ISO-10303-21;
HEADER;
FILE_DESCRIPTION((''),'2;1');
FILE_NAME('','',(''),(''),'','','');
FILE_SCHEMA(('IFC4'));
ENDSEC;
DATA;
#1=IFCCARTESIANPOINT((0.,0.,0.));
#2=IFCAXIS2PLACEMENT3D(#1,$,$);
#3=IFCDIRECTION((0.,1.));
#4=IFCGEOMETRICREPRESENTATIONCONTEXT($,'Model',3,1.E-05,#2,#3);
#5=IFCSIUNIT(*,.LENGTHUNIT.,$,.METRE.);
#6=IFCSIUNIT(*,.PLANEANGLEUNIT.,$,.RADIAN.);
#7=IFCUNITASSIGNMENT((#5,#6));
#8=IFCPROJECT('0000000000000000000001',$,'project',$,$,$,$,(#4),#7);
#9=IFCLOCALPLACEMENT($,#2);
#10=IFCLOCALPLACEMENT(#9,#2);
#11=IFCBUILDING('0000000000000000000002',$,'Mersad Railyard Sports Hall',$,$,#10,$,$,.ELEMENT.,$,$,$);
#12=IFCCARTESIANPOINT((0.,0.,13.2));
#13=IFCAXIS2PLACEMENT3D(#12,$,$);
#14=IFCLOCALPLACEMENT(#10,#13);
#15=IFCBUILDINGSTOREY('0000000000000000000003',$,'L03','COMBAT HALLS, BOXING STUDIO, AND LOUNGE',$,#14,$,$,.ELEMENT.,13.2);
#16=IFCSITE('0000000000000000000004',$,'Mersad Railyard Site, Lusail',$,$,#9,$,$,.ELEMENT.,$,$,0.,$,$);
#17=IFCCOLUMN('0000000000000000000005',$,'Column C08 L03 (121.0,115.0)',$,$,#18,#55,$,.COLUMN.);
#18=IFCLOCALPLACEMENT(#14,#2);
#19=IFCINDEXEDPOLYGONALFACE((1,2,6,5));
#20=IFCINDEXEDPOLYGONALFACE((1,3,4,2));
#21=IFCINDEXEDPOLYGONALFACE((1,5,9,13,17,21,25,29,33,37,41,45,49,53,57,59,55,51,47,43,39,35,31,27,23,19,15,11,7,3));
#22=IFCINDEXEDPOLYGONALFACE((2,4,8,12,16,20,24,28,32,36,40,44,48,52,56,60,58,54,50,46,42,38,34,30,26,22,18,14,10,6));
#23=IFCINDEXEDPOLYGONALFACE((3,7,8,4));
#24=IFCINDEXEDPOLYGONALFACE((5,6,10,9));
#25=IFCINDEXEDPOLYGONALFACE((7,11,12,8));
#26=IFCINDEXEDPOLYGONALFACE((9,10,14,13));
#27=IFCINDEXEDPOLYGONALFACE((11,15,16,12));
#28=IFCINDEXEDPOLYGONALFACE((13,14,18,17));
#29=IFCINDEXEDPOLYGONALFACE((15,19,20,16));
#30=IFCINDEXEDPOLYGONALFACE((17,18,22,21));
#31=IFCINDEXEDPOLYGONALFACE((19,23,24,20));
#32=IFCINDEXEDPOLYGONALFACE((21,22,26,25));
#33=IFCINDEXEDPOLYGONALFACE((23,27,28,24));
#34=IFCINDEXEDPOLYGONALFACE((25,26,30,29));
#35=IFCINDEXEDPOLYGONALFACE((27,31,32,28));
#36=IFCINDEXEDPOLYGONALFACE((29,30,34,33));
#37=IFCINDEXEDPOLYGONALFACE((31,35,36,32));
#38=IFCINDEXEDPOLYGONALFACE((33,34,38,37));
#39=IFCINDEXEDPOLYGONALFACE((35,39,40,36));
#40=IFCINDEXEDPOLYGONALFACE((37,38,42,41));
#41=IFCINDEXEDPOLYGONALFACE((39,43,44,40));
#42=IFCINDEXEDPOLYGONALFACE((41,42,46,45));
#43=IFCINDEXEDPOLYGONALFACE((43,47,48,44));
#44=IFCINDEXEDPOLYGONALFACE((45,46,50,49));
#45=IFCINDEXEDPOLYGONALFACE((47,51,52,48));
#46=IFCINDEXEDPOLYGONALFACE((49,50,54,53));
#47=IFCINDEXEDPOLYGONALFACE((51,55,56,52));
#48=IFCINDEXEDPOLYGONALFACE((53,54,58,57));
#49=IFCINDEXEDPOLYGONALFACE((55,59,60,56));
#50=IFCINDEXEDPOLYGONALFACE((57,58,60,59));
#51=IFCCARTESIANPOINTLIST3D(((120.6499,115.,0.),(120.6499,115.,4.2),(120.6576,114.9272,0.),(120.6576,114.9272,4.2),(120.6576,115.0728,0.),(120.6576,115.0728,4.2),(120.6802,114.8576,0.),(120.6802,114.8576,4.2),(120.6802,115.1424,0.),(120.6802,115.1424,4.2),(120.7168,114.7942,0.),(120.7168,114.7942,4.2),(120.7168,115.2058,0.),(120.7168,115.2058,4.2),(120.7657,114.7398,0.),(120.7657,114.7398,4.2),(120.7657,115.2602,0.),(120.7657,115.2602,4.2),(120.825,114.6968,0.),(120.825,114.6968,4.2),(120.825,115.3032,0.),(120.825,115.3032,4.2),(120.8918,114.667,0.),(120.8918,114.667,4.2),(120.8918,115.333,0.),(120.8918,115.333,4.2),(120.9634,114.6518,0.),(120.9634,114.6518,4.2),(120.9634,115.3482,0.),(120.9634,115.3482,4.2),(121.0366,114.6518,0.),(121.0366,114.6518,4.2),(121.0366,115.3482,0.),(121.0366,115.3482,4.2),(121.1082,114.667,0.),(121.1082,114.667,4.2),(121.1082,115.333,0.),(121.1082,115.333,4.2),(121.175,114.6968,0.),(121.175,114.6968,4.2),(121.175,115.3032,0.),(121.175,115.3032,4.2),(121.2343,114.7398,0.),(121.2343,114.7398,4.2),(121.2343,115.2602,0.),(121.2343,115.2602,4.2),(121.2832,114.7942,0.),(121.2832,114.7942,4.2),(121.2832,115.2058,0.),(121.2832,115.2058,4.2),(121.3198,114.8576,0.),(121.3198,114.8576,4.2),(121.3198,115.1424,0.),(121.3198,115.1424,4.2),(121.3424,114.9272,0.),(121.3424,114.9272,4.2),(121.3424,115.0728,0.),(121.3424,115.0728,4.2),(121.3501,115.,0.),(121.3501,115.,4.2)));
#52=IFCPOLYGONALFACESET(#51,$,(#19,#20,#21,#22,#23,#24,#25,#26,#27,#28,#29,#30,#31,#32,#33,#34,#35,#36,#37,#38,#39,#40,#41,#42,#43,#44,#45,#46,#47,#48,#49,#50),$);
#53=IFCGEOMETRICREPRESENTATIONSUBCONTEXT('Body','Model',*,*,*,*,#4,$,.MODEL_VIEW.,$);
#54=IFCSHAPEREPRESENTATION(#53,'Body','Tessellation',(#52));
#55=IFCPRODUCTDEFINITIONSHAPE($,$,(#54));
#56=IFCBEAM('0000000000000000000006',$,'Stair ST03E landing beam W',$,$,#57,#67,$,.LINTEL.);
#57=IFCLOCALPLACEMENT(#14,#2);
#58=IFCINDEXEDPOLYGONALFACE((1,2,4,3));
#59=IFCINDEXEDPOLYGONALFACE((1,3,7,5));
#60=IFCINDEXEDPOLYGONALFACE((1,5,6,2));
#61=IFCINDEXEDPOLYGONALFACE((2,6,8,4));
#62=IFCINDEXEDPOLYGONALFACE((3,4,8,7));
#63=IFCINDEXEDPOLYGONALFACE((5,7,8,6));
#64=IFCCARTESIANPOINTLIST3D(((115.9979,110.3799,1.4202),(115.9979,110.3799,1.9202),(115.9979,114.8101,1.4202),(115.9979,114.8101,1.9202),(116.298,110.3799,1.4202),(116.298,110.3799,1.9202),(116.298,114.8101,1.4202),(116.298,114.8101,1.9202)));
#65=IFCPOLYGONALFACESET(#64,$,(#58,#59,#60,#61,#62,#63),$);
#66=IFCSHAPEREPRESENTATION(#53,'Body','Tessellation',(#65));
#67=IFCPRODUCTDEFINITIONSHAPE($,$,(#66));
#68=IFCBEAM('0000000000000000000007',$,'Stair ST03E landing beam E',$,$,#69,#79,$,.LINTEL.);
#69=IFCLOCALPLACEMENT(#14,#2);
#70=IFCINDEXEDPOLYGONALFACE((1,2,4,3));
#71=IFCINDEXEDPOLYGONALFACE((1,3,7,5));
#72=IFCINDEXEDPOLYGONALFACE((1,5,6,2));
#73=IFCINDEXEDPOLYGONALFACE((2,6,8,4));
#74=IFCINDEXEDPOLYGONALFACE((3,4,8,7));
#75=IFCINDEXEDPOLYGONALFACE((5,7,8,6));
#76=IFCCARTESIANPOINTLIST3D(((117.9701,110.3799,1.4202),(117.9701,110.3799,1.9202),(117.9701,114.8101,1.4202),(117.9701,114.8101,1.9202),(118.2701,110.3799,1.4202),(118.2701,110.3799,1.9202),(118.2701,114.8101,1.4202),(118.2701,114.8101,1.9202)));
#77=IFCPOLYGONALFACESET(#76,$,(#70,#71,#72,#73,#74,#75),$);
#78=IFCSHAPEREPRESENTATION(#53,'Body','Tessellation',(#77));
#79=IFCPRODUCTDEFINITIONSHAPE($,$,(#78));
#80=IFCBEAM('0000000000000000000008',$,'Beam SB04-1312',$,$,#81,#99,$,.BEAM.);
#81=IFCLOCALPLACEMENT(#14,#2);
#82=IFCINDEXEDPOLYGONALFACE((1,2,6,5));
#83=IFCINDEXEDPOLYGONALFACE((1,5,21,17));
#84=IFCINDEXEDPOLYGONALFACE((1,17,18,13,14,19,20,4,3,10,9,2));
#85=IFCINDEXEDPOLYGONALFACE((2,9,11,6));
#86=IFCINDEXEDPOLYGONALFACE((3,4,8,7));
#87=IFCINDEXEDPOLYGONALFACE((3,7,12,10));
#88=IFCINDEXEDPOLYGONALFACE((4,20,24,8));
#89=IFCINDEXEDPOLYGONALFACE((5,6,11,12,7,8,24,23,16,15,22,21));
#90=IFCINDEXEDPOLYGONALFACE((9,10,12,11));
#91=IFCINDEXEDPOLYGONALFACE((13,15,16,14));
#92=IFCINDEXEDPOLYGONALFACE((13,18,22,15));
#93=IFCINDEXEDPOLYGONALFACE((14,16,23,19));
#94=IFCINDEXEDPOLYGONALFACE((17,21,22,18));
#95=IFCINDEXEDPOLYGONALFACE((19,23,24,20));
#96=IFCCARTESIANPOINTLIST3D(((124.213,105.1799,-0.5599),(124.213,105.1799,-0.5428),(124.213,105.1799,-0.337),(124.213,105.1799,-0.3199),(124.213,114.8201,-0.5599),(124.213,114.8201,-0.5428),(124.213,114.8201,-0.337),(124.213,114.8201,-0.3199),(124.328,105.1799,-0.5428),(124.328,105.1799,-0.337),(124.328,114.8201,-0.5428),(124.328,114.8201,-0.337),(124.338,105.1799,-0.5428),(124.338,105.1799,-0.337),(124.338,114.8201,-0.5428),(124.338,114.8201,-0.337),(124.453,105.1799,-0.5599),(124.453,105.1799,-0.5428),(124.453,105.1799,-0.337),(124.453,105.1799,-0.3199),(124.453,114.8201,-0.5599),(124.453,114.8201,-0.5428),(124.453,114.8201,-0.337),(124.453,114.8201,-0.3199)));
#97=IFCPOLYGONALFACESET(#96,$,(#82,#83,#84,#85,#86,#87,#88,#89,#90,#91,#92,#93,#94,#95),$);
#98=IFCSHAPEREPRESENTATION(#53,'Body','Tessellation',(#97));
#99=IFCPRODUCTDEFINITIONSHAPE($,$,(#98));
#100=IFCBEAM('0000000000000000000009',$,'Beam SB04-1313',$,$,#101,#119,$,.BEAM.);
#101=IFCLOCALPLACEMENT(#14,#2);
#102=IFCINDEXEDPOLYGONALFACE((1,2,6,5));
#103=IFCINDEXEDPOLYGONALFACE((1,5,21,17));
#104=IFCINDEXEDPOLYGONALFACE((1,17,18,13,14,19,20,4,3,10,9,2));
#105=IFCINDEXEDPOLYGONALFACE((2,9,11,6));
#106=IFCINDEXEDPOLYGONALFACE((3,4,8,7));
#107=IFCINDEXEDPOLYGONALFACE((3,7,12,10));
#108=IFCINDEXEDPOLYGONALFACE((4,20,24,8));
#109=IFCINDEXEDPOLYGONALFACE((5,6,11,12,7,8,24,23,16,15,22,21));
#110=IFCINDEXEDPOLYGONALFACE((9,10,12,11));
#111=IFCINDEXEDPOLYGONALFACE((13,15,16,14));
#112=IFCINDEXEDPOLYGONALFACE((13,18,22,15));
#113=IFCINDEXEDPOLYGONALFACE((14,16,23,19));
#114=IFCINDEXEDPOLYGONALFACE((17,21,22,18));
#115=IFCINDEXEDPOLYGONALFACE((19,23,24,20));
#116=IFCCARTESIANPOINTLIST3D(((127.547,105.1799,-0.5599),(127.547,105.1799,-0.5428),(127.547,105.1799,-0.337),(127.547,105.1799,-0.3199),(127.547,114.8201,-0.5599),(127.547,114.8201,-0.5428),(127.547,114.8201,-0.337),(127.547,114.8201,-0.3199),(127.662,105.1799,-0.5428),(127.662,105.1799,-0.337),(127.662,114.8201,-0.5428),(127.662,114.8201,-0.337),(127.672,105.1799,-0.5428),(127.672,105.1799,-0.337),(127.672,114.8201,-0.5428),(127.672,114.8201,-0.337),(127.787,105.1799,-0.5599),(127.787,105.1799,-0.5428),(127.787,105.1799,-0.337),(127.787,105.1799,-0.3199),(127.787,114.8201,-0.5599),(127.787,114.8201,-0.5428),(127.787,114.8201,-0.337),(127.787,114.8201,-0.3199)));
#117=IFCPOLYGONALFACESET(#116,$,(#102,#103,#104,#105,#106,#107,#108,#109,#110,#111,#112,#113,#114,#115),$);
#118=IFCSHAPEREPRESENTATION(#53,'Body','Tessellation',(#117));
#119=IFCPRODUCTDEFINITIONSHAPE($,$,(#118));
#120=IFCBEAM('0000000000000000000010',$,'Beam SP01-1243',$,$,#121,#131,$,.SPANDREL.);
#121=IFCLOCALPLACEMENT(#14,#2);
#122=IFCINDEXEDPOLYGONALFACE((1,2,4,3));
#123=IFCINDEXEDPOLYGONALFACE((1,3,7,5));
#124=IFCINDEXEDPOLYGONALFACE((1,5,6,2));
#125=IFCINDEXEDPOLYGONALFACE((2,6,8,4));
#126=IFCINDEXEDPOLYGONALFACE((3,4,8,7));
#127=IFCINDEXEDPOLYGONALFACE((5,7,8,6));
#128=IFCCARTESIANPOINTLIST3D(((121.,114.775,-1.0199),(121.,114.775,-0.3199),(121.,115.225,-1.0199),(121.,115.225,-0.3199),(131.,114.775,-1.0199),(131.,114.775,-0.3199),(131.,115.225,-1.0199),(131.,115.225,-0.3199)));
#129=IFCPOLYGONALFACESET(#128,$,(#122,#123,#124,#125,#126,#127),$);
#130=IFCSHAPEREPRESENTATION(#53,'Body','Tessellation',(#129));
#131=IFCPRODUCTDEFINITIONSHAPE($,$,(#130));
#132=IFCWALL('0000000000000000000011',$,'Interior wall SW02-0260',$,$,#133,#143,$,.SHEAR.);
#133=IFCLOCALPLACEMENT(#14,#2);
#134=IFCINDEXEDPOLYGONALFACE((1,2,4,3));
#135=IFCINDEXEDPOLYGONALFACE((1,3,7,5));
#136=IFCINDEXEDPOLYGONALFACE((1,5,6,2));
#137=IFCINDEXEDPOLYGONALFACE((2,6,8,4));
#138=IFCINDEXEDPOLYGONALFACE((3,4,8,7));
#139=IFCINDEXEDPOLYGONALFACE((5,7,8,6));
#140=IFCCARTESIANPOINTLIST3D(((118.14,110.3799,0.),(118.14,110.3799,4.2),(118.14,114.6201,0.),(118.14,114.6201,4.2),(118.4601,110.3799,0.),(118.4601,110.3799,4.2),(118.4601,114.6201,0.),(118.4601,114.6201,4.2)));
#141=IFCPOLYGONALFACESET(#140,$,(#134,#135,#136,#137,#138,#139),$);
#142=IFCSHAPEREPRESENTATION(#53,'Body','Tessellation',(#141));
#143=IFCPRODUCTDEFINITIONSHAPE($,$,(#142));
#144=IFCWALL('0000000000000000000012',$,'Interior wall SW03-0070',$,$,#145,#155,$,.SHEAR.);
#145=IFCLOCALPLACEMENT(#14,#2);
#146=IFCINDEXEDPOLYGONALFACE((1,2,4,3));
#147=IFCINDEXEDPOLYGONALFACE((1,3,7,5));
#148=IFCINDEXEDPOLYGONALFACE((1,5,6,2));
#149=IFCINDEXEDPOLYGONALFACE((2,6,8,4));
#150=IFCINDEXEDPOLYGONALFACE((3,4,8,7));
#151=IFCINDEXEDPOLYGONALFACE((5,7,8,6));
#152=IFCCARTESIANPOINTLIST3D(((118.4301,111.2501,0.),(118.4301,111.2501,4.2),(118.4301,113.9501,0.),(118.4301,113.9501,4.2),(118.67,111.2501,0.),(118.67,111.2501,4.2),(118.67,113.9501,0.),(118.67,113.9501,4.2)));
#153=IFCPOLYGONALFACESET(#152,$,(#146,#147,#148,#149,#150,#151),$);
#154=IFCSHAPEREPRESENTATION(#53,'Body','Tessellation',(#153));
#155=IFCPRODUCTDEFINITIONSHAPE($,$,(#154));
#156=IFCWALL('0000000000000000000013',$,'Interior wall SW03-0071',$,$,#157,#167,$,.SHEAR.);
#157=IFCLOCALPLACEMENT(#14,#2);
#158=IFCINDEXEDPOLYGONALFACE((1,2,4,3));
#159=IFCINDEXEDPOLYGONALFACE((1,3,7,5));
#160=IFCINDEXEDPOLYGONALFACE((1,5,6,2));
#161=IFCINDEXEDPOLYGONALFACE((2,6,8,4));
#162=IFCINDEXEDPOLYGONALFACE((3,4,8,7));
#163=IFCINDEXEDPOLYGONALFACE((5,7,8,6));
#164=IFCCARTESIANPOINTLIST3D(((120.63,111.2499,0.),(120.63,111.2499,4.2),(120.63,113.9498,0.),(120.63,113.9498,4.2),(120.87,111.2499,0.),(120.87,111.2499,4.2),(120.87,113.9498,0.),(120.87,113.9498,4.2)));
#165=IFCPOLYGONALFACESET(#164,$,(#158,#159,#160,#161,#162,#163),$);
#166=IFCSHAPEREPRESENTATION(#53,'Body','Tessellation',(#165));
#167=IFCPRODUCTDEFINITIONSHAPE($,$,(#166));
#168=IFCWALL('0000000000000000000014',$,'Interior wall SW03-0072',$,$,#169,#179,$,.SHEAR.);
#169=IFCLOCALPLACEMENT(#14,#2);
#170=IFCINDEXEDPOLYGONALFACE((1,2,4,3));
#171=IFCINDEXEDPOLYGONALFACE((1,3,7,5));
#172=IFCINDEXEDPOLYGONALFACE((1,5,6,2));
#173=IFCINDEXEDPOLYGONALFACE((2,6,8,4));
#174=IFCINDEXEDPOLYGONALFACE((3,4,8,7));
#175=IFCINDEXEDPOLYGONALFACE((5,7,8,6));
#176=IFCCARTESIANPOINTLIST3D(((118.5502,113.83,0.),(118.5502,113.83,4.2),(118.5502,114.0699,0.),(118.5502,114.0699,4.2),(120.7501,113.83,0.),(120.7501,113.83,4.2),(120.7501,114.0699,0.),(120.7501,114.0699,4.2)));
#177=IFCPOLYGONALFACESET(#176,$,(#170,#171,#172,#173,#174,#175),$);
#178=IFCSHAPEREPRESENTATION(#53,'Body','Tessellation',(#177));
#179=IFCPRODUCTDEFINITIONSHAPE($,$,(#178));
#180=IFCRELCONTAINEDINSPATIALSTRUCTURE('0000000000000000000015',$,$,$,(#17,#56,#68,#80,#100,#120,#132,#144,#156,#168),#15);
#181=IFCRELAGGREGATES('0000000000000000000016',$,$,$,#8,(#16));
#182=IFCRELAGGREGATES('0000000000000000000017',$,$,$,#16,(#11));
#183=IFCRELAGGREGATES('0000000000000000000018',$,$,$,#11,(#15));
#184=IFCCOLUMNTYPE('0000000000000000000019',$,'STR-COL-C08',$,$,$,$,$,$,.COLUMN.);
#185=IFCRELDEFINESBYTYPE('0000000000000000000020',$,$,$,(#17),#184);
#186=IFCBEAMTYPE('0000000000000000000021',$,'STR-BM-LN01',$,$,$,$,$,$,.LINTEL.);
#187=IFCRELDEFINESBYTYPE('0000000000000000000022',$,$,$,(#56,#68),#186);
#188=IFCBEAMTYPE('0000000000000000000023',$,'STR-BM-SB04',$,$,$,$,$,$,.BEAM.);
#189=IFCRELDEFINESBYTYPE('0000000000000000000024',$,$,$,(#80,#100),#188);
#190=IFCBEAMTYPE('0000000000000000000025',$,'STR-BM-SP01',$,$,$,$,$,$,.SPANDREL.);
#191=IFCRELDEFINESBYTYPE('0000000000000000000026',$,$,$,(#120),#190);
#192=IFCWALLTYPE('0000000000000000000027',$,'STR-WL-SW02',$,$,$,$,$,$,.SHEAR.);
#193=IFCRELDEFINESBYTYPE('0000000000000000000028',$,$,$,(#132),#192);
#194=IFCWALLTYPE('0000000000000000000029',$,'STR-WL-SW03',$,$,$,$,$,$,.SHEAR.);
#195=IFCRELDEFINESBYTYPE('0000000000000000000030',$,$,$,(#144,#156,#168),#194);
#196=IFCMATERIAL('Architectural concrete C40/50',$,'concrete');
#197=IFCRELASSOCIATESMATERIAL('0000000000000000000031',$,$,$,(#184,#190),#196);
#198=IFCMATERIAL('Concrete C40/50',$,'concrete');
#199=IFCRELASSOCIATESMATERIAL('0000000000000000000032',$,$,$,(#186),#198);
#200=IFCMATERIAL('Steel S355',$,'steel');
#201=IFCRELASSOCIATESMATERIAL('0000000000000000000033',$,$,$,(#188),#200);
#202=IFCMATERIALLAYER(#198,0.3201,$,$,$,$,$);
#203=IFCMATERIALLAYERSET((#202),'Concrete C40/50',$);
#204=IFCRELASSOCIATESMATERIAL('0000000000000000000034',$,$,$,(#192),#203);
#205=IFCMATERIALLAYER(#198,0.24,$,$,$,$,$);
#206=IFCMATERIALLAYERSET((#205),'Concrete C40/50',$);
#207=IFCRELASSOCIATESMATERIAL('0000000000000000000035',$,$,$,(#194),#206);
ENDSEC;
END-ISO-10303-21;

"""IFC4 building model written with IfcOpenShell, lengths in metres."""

from ifc_helpers import new_model, si_unit, direction, frame, frame_2d, origin, origin_2d, place, context, subcontext, project, spatial, rectangle, circle, i_section, extrude, material, layer, layer_set, material_profile, profile_set, type_object, element, save


model = new_model("IFC4")

# Units and contexts
model_context = context("Model", 3, precision=1e-05, world=origin(), true_north=direction((0.0, 1.0)))
body_context = subcontext(model_context, "Body", "Model", "MODEL_VIEW")
ifc_project = project(units=[si_unit("LENGTHUNIT", "METRE"), si_unit("PLANEANGLEUNIT", "RADIAN")], contexts=[model_context])

# Site, building, storey
site_placement = place(None, origin())
site = spatial("IfcSite", under=ifc_project, at=site_placement, Name="Mersad Railyard Site, Lusail", CompositionType="ELEMENT", RefElevation=0.0)
building_placement = place(site_placement, origin())
building = spatial("IfcBuilding", under=site, at=building_placement, Name="Mersad Railyard Sports Hall", CompositionType="ELEMENT")
storey_placement = place(building_placement, frame((0.0, 0.0, 13.2)))
storey = spatial("IfcBuildingStorey", under=building, at=storey_placement, Name="L03", Description="COMBAT HALLS, BOXING STUDIO, AND LOUNGE", CompositionType="ELEMENT", Elevation=13.2)

# Column
ifc_material_1 = material(Name="Architectural concrete C40/50", Category="concrete")
ifc_material_profile_1 = material_profile(ifc_material_1, circle(Radius=0.3501, at=origin_2d()), Name="RC D700")
ifc_profile_set_1 = profile_set([ifc_material_profile_1], Name="Architectural concrete C40/50")
column_type = type_object("IfcColumnType", Name="STR-COL-C08", PredefinedType="COLUMN", material=ifc_profile_set_1)
column_placement = place(storey_placement, frame((121.0, 115.0, 0.0), z_axis=(0.0, 0.0, 1.0), x_axis=(1.0, 0.0, 0.0)))
element("IfcColumn", 1, at=column_placement, inside=storey, type_object=column_type, Name="Column C08 L03 (121.0,115.0)", PredefinedType="COLUMN", context=body_context, shape_type="SweptSolid", body=[
    extrude(circle(Radius=0.3501, at=origin_2d()), origin(), (0.0, 0.0, 1.0), 4.2),
])

# Beams
ifc_material_2 = material(Name="Concrete C40/50", Category="concrete")
ifc_material_profile_2 = material_profile(ifc_material_2, rectangle(XDim=0.3, YDim=0.5, at=origin_2d()), Name="RC 300x500")
ifc_profile_set_2 = profile_set([ifc_material_profile_2], Name="Concrete C40/50")
beam_type_1 = type_object("IfcBeamType", Name="STR-BM-LN01", PredefinedType="LINTEL", material=ifc_profile_set_2)
for number, where, z_axis, x_axis, name in (
    (2, (116.1479, 110.3799, 1.6702), (0.0, 1.0, 0.0), (-1.0, 0.0, 0.0), "Stair ST03E landing beam W"),
    (3, (118.1201, 110.3799, 1.6702), (0.0, 1.0, 0.0), (-1.0, 0.0, 0.0), "Stair ST03E landing beam E"),
):
    element("IfcBeam", number, at=place(storey_placement, frame(where, z_axis=z_axis, x_axis=x_axis)), inside=storey, type_object=beam_type_1, Name=name, PredefinedType="LINTEL", context=body_context, shape_type="SweptSolid", body=[
        extrude(rectangle(XDim=0.3, YDim=0.5, at=origin_2d()), origin(), (0.0, 0.0, 1.0), 4.4302),
    ])
ifc_material_3 = material(Name="Steel S355", Category="steel")
ifc_material_profile_3 = material_profile(ifc_material_3, i_section(OverallWidth=0.24, OverallDepth=0.24, WebThickness=0.01, FlangeThickness=0.0171, at=origin_2d()), Name="HEB 240")
ifc_profile_set_3 = profile_set([ifc_material_profile_3], Name="Steel S355")
beam_type_2 = type_object("IfcBeamType", Name="STR-BM-SB04", PredefinedType="BEAM", material=ifc_profile_set_3)
for number, where, z_axis, x_axis, name in (
    (4, (124.333, 105.1799, -0.4399), (0.0, 1.0, 0.0), (-1.0, 0.0, 0.0), "Beam SB04-1312"),
    (5, (127.667, 105.1799, -0.4399), (0.0, 1.0, 0.0), (-1.0, 0.0, 0.0), "Beam SB04-1313"),
):
    element("IfcBeam", number, at=place(storey_placement, frame(where, z_axis=z_axis, x_axis=x_axis)), inside=storey, type_object=beam_type_2, Name=name, PredefinedType="BEAM", context=body_context, shape_type="SweptSolid", body=[
        extrude(i_section(OverallWidth=0.24, OverallDepth=0.24, WebThickness=0.01, FlangeThickness=0.0171, at=origin_2d()), origin(), (0.0, 0.0, 1.0), 9.6401),
    ])
ifc_material_profile_4 = material_profile(ifc_material_1, rectangle(XDim=0.45, YDim=0.7, at=origin_2d()), Name="RC 450x700")
ifc_profile_set_4 = profile_set([ifc_material_profile_4], Name="Architectural concrete C40/50")
beam_type_3 = type_object("IfcBeamType", Name="STR-BM-SP01", PredefinedType="SPANDREL", material=ifc_profile_set_4)
beam_placement = place(storey_placement, frame((121.0, 115.0, -0.6699), z_axis=(1.0, 0.0, 0.0), x_axis=(0.0, 1.0, 0.0)))
element("IfcBeam", 6, at=beam_placement, inside=storey, type_object=beam_type_3, Name="Beam SP01-1243", PredefinedType="SPANDREL", context=body_context, shape_type="SweptSolid", body=[
    extrude(rectangle(XDim=0.45, YDim=0.7, at=origin_2d()), origin(), (0.0, 0.0, 1.0), 10.0),
])

# Walls
ifc_layer_1 = layer(ifc_material_2, 0.3201)
ifc_layer_set_1 = layer_set([ifc_layer_1], Name="Concrete C40/50")
wall_type_1 = type_object("IfcWallType", Name="STR-WL-SW02", PredefinedType="SHEAR", material=ifc_layer_set_1)
wall_1_placement = place(storey_placement, frame((118.3, 110.3799, 0.0), z_axis=(0.0, 0.0, 1.0), x_axis=(0.0, 1.0, 0.0)))
element("IfcWall", 7, at=wall_1_placement, inside=storey, type_object=wall_type_1, Name="Interior wall SW02-0260", PredefinedType="SHEAR", context=body_context, shape_type="SweptSolid", body=[
    extrude(rectangle(XDim=4.2402, YDim=0.3201, at=frame_2d((2.1201, 0.0))), origin(), (0.0, 0.0, 1.0), 4.2),
])
ifc_layer_2 = layer(ifc_material_2, 0.24)
ifc_layer_set_2 = layer_set([ifc_layer_2], Name="Concrete C40/50")
wall_type_2 = type_object("IfcWallType", Name="STR-WL-SW03", PredefinedType="SHEAR", material=ifc_layer_set_2)
for number, where, z_axis, x_axis, name in (
    (8, (118.55, 111.25, 0.0), (0.0, 0.0, 1.0), (0.0, 1.0, 0.0), "Interior wall SW03-0070"),
    (9, (120.75, 113.95, 0.0), (0.0, 0.0, 1.0), (0.0, -1.0, 0.0), "Interior wall SW03-0071"),
):
    element("IfcWall", number, at=place(storey_placement, frame(where, z_axis=z_axis, x_axis=x_axis)), inside=storey, type_object=wall_type_2, Name=name, PredefinedType="SHEAR", context=body_context, shape_type="SweptSolid", body=[
        extrude(rectangle(XDim=2.7, YDim=0.24, at=frame_2d((1.3501, 0.0))), origin(), (0.0, 0.0, 1.0), 4.2),
    ])
wall_2_placement = place(storey_placement, frame((118.55, 113.95, 0.0), z_axis=(0.0, 0.0, 1.0), x_axis=(1.0, 0.0, 0.0)))
element("IfcWall", 10, at=wall_2_placement, inside=storey, type_object=wall_type_2, Name="Interior wall SW03-0072", PredefinedType="SHEAR", context=body_context, shape_type="SweptSolid", body=[
    extrude(rectangle(XDim=2.2, YDim=0.24, at=frame_2d((1.1001, 0.0))), origin(), (0.0, 0.0, 1.0), 4.2),
])

save(model, "model.ifc")
